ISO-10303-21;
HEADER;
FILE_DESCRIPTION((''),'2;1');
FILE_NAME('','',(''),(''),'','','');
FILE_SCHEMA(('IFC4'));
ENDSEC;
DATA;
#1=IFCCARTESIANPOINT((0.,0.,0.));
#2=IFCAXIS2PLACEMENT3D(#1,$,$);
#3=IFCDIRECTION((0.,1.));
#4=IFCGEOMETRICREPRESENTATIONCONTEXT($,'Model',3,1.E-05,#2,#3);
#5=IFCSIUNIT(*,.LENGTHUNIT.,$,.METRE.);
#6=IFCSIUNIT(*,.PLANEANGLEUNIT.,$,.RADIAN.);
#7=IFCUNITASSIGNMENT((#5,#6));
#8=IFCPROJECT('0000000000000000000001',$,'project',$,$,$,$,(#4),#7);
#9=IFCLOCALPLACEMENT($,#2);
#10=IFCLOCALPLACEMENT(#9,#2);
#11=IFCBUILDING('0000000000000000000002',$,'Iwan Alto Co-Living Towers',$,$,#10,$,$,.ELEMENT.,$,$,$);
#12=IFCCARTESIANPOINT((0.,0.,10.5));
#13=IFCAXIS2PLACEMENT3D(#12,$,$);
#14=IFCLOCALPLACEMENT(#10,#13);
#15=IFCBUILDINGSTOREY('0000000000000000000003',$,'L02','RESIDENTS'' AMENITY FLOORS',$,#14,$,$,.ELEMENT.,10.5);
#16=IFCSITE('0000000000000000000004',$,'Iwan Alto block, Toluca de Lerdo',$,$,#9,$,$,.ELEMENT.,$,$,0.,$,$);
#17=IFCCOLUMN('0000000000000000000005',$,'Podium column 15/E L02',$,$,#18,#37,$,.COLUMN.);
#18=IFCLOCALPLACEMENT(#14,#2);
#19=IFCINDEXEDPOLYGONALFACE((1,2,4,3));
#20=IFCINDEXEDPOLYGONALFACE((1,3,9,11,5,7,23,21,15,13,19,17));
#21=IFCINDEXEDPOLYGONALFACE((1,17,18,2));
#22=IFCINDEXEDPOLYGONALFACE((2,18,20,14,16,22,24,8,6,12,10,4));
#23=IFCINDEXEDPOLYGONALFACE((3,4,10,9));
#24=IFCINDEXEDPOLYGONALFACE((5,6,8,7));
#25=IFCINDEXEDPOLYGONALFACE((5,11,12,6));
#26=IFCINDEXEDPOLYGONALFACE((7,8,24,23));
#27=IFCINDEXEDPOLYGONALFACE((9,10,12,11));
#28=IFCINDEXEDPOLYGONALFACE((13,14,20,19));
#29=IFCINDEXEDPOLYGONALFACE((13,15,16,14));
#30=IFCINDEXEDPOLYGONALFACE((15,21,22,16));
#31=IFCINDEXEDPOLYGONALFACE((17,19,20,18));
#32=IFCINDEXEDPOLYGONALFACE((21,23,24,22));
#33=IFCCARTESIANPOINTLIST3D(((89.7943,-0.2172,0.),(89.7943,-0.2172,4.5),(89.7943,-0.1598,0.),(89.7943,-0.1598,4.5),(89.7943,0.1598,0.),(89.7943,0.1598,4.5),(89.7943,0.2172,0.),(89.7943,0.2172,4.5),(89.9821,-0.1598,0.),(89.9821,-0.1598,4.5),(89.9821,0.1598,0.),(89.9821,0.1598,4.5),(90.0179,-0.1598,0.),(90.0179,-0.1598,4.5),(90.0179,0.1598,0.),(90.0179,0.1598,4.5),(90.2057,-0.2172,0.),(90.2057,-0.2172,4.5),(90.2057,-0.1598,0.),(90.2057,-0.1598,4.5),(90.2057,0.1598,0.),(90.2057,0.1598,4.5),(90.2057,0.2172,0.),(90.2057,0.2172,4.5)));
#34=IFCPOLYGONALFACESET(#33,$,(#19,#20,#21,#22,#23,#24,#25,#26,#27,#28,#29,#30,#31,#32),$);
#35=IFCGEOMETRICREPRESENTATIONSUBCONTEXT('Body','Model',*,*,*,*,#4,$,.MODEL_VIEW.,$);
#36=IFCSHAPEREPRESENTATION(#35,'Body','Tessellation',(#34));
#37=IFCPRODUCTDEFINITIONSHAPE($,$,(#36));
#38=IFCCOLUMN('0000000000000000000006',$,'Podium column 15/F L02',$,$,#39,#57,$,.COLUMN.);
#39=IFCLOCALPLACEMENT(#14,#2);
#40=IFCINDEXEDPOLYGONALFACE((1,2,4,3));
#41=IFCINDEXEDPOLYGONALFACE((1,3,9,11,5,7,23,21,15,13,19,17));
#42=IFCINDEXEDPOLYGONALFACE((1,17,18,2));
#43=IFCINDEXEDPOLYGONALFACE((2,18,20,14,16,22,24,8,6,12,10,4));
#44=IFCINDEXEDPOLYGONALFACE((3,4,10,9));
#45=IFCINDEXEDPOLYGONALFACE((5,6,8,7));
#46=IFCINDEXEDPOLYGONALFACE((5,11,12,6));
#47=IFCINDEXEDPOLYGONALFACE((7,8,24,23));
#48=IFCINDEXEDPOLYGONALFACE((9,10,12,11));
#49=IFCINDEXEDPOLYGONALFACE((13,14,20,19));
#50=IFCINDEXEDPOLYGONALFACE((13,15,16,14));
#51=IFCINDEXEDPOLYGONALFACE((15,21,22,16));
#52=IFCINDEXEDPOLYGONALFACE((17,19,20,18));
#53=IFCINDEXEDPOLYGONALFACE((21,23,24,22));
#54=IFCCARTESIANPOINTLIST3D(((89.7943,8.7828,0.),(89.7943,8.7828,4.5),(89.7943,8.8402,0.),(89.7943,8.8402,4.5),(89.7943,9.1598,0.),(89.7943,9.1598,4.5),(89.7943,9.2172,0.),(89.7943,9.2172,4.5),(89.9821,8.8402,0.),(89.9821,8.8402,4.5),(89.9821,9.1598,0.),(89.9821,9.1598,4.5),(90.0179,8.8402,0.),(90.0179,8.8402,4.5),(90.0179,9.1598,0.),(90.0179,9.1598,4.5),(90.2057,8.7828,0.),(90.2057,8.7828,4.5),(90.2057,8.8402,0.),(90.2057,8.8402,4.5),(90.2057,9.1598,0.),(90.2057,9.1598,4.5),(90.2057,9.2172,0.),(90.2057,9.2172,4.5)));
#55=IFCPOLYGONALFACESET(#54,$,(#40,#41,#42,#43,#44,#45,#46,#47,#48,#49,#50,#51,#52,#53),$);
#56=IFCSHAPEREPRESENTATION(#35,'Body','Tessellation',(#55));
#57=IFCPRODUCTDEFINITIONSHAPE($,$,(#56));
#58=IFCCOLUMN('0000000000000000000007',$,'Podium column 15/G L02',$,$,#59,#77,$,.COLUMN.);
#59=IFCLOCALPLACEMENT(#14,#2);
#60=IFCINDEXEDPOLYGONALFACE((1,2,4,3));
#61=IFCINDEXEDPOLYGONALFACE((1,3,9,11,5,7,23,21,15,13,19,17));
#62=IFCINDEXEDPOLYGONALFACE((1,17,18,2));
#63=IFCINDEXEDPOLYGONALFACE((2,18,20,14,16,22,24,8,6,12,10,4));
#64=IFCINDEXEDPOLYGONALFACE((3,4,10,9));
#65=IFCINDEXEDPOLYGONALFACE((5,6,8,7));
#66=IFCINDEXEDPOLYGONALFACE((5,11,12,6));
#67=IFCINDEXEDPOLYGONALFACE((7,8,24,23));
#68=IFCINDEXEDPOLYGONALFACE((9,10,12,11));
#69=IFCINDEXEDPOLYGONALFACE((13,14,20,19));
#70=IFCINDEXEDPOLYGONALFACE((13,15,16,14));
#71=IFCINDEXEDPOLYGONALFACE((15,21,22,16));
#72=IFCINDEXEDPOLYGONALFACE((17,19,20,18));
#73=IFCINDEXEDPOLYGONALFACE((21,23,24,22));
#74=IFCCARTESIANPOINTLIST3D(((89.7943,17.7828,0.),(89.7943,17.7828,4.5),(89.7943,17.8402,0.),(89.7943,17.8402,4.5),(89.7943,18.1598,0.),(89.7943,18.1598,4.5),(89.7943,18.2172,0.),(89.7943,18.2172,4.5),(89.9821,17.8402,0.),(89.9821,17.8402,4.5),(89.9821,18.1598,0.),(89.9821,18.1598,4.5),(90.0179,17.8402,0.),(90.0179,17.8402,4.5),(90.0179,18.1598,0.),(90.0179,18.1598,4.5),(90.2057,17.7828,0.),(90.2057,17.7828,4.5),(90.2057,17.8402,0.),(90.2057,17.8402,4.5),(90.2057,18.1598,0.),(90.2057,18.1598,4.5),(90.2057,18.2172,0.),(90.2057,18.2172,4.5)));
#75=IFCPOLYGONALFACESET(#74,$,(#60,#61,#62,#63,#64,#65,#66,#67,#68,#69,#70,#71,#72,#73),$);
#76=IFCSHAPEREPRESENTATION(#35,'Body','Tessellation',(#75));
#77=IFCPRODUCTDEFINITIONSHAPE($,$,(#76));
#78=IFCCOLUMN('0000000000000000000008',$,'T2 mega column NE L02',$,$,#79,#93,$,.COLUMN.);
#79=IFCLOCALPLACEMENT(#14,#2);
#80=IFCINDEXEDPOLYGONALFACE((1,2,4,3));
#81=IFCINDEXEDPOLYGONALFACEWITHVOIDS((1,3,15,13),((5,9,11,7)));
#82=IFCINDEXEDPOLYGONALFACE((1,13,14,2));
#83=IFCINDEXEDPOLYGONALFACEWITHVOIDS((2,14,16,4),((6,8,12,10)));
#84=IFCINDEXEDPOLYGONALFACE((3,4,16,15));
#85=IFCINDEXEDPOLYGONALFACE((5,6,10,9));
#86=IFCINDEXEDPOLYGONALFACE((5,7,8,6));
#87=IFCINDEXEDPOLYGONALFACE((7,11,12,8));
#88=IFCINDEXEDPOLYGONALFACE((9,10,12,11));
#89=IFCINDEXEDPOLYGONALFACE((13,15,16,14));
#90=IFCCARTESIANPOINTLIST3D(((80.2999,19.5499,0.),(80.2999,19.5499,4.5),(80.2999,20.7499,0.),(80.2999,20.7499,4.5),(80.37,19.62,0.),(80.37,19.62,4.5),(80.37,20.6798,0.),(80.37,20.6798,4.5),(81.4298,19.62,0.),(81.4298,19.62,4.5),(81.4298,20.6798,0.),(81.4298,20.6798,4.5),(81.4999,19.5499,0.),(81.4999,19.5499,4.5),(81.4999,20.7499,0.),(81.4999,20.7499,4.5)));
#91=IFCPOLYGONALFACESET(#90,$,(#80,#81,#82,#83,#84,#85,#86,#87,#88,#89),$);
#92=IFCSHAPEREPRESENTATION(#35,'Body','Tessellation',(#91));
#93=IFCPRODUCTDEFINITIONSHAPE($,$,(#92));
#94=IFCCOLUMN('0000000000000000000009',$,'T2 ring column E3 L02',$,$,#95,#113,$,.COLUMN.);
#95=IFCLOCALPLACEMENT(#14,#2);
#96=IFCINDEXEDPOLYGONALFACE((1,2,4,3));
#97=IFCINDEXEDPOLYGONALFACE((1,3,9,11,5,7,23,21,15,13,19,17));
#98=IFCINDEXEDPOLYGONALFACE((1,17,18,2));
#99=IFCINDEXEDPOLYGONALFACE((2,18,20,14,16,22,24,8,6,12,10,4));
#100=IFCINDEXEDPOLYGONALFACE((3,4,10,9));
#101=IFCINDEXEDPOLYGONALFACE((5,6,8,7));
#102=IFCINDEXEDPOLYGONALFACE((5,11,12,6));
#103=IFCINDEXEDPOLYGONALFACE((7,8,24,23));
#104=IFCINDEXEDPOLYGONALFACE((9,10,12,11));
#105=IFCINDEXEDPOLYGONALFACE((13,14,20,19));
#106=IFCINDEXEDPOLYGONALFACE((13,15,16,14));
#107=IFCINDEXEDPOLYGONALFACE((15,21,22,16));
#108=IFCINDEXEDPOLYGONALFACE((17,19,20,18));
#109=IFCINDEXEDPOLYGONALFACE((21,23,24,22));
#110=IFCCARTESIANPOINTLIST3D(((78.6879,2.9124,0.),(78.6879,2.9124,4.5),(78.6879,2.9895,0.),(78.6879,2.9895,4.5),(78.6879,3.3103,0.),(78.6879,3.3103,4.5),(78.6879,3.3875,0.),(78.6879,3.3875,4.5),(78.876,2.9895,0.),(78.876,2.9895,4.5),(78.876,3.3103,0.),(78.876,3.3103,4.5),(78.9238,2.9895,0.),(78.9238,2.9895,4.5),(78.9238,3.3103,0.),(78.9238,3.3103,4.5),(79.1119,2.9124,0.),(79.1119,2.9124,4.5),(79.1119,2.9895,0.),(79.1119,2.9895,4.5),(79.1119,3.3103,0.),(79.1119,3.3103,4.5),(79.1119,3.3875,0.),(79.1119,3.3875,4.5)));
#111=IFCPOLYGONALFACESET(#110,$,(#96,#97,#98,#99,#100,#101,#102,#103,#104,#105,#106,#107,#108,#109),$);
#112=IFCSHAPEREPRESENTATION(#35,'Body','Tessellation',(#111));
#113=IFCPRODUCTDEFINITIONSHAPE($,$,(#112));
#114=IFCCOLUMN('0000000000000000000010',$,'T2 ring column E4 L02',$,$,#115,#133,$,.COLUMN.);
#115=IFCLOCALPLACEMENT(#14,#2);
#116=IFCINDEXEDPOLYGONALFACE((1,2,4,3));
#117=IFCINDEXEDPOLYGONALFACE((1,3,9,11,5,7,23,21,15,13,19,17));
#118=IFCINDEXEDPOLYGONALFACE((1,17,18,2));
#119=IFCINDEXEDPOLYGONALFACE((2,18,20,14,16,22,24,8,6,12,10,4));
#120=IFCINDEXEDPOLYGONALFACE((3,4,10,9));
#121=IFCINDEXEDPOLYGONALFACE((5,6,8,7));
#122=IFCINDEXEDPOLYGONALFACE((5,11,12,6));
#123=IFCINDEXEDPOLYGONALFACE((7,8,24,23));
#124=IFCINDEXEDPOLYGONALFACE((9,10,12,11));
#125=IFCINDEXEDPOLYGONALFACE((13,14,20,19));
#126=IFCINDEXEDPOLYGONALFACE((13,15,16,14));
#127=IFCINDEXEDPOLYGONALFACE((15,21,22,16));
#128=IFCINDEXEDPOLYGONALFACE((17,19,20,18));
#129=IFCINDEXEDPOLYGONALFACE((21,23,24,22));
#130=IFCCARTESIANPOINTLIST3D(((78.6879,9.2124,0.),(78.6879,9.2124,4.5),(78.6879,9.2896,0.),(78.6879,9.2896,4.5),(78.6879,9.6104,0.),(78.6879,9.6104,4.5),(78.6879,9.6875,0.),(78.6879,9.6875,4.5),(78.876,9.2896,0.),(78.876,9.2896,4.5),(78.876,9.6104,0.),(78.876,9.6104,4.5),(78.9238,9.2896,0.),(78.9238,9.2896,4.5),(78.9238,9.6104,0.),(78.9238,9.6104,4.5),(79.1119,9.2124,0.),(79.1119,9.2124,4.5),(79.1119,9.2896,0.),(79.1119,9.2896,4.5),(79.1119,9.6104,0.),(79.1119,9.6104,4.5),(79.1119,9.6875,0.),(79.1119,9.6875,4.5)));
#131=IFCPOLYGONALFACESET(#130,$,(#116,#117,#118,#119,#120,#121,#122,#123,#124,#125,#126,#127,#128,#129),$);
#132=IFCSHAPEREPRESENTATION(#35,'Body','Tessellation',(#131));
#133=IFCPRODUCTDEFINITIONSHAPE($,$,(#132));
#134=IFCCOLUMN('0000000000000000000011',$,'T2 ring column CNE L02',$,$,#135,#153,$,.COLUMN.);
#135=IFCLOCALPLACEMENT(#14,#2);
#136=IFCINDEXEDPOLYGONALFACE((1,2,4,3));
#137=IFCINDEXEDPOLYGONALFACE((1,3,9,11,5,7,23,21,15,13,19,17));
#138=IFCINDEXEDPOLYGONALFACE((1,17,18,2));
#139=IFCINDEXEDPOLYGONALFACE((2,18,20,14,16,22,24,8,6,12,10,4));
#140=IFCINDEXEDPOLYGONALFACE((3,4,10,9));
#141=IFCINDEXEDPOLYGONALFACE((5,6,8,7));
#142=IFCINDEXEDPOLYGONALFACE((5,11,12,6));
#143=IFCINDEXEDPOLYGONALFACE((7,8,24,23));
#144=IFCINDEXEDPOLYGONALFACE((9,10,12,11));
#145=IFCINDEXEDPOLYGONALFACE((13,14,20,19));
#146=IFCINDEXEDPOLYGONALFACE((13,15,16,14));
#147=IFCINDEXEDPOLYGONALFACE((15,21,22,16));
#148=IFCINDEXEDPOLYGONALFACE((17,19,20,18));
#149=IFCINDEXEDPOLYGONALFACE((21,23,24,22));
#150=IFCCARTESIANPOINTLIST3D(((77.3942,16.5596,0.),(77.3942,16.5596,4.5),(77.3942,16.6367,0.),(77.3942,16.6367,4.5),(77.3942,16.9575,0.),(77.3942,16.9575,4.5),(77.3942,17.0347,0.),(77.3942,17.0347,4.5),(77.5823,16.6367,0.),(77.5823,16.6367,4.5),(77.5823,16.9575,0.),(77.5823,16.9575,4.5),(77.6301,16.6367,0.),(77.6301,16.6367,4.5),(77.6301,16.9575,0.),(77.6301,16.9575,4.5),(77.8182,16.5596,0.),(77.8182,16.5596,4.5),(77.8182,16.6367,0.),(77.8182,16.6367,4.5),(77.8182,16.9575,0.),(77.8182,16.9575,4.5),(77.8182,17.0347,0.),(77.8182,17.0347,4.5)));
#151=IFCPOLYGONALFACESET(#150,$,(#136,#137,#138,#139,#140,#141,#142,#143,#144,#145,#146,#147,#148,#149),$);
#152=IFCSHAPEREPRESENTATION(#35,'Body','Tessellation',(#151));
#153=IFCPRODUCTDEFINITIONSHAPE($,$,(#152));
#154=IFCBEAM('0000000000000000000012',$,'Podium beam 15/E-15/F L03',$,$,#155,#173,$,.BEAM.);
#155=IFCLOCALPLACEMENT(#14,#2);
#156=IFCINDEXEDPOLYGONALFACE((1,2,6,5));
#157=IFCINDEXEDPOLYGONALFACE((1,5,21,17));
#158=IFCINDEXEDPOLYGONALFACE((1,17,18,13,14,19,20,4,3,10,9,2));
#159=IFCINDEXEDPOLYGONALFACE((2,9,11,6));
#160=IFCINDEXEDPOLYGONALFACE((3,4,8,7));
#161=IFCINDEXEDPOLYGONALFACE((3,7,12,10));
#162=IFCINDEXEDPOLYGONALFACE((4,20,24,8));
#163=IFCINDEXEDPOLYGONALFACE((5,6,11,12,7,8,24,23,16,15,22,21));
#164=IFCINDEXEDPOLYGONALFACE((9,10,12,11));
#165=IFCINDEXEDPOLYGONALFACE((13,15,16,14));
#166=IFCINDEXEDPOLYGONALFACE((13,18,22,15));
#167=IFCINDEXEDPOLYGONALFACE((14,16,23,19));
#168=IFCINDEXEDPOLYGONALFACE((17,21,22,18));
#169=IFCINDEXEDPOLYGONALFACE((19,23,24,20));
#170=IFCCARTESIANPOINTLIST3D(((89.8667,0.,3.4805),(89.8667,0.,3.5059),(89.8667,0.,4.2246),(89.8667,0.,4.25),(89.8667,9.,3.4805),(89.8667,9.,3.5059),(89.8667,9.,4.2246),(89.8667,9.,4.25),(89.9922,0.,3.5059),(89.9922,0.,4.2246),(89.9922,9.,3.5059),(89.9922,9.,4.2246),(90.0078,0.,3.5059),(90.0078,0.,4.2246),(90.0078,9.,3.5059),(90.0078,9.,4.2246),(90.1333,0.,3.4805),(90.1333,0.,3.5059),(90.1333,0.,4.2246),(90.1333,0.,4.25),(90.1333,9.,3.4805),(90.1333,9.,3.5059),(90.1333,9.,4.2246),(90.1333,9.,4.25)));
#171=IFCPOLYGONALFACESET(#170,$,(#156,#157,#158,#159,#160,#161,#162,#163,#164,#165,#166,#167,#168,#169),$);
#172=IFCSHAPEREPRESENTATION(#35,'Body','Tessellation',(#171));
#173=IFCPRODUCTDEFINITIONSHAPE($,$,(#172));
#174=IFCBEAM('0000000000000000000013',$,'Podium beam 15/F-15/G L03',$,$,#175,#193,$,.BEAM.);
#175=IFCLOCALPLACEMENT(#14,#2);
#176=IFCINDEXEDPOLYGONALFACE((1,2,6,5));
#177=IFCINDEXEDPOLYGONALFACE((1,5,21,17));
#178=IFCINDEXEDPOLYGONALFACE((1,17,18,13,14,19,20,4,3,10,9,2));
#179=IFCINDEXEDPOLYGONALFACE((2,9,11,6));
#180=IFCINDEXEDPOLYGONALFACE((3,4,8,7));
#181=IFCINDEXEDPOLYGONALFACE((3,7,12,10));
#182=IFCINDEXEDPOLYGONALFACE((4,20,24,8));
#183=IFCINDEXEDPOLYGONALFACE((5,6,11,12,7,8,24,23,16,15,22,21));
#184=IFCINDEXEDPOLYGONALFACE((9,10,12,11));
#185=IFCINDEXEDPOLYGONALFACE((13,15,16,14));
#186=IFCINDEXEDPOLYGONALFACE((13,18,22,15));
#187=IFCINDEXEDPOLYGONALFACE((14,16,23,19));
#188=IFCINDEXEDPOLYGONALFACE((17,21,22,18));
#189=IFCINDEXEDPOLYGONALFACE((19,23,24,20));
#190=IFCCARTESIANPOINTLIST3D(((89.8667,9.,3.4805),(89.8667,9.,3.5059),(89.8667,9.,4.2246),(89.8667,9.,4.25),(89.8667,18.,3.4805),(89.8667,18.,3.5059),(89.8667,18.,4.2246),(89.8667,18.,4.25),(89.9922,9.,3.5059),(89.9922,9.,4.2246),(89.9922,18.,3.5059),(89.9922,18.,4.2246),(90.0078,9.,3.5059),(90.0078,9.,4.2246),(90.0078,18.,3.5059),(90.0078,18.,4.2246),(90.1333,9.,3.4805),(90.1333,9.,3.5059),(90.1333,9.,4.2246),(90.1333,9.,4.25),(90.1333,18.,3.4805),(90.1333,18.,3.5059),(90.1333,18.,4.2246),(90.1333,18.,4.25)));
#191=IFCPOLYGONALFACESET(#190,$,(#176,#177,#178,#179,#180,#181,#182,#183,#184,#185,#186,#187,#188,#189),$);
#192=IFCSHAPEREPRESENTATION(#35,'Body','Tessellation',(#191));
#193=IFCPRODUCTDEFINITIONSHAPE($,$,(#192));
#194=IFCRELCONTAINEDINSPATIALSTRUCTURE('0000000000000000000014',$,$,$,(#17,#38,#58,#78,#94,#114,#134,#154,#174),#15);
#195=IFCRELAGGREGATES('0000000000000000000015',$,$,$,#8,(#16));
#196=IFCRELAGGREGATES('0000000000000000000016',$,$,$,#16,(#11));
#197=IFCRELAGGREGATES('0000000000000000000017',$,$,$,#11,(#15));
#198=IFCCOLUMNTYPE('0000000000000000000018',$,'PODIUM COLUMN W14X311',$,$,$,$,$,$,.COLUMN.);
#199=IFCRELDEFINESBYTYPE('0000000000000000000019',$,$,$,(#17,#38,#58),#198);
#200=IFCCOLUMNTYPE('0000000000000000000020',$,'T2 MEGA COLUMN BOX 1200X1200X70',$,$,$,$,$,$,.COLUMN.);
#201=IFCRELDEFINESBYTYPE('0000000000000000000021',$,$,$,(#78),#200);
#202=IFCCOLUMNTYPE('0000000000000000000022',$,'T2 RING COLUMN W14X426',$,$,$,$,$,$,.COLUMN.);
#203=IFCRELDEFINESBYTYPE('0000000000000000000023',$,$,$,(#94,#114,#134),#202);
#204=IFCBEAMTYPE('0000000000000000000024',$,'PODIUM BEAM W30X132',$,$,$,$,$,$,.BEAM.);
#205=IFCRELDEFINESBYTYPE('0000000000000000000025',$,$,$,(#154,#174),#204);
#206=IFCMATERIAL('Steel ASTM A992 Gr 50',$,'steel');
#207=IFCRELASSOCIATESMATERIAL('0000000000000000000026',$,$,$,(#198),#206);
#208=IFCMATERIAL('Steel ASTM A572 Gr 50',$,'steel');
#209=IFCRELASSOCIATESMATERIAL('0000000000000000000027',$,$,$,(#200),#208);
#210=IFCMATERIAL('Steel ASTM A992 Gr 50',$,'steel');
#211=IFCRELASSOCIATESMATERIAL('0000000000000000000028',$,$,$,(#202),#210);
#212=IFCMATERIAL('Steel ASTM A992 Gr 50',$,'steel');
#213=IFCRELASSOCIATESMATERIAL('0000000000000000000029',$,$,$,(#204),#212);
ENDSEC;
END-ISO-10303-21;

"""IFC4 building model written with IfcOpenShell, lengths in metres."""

from ifc_helpers import new_model, si_unit, direction, frame, origin, origin_2d, place, context, subcontext, project, spatial, hollow_rectangle, i_section, extrude, material, material_profile, profile_set, type_object, element, save


model = new_model("IFC4")

# Units and contexts
model_context = context("Model", 3, precision=1e-05, world=origin(), true_north=direction((0.0, 1.0)))
body_context = subcontext(model_context, "Body", "Model", "MODEL_VIEW")
ifc_project = project(units=[si_unit("LENGTHUNIT", "METRE"), si_unit("PLANEANGLEUNIT", "RADIAN")], contexts=[model_context])

# Site, building, storey
site_placement = place(None, origin())
site = spatial("IfcSite", under=ifc_project, at=site_placement, Name="Iwan Alto block, Toluca de Lerdo", CompositionType="ELEMENT", RefElevation=0.0)
building_placement = place(site_placement, origin())
building = spatial("IfcBuilding", under=site, at=building_placement, Name="Iwan Alto Co-Living Towers", CompositionType="ELEMENT")
storey_placement = place(building_placement, frame((0.0, 0.0, 10.5)))
storey = spatial("IfcBuildingStorey", under=building, at=storey_placement, Name="L02", Description="RESIDENTS' AMENITY FLOORS", CompositionType="ELEMENT", Elevation=10.5)

# Columns
ifc_material_1 = material(Name="Steel ASTM A992 Gr 50", Category="steel")
ifc_material_profile_1 = material_profile(ifc_material_1, i_section(OverallWidth=0.4114, OverallDepth=0.4343, WebThickness=0.0359, FlangeThickness=0.0574, at=origin_2d()), Name="W14X311")
ifc_profile_set_1 = profile_set([ifc_material_profile_1], Name="Steel ASTM A992 Gr 50")
column_type_1 = type_object("IfcColumnType", Name="PODIUM COLUMN W14X311", PredefinedType="COLUMN", material=ifc_profile_set_1)
for number, where, z_axis, x_axis, name in (
    (1, (90.0, 0.0, 0.0), (0.0, 0.0, 1.0), (1.0, 0.0, 0.0), "Podium column 15/E L02"),
    (2, (90.0, 9.0, 0.0), (0.0, 0.0, 1.0), (1.0, 0.0, 0.0), "Podium column 15/F L02"),
    (3, (90.0, 18.0, 0.0), (0.0, 0.0, 1.0), (1.0, 0.0, 0.0), "Podium column 15/G L02"),
):
    element("IfcColumn", number, at=place(storey_placement, frame(where, z_axis=z_axis, x_axis=x_axis)), inside=storey, type_object=column_type_1, Name=name, PredefinedType="COLUMN", context=body_context, shape_type="SweptSolid", body=[
        extrude(i_section(OverallWidth=0.4114, OverallDepth=0.4343, WebThickness=0.0359, FlangeThickness=0.0574, at=origin_2d()), origin(), (0.0, 0.0, 1.0), 4.5),
    ])
ifc_material_2 = material(Name="Steel ASTM A572 Gr 50", Category="steel")
ifc_material_profile_2 = material_profile(ifc_material_2, hollow_rectangle(XDim=1.2, YDim=1.2, WallThickness=0.0701, at=origin_2d()), Name="BOX 1200X1200X70")
ifc_profile_set_2 = profile_set([ifc_material_profile_2], Name="Steel ASTM A572 Gr 50")
column_type_2 = type_object("IfcColumnType", Name="T2 MEGA COLUMN BOX 1200X1200X70", PredefinedType="COLUMN", material=ifc_profile_set_2)
column_placement = place(storey_placement, frame((80.8999, 20.1499, 0.0), z_axis=(0.0, 0.0, 1.0), x_axis=(1.0, 0.0, 0.0)))
element("IfcColumn", 4, at=column_placement, inside=storey, type_object=column_type_2, Name="T2 mega column NE L02", PredefinedType="COLUMN", context=body_context, shape_type="SweptSolid", body=[
    extrude(hollow_rectangle(XDim=1.2, YDim=1.2, WallThickness=0.0701, at=origin_2d()), origin(), (0.0, 0.0, 1.0), 4.5),
])
ifc_material_3 = material(Name="Steel ASTM A992 Gr 50", Category="steel")
ifc_material_profile_3 = material_profile(ifc_material_3, i_section(OverallWidth=0.4241, OverallDepth=0.4751, WebThickness=0.0479, FlangeThickness=0.0771, at=origin_2d()), Name="W14X426")
ifc_profile_set_3 = profile_set([ifc_material_profile_3], Name="Steel ASTM A992 Gr 50")
column_type_3 = type_object("IfcColumnType", Name="T2 RING COLUMN W14X426", PredefinedType="COLUMN", material=ifc_profile_set_3)
for number, where, z_axis, x_axis, name in (
    (5, (78.8999, 3.1499, 0.0), (0.0, 0.0, 1.0), (1.0, 0.0, 0.0), "T2 ring column E3 L02"),
    (6, (78.8999, 9.45, 0.0), (0.0, 0.0, 1.0), (1.0, 0.0, 0.0), "T2 ring column E4 L02"),
    (7, (77.6062, 16.7971, 0.0), (0.0, 0.0, 1.0), (1.0, 0.0, 0.0), "T2 ring column CNE L02"),
):
    element("IfcColumn", number, at=place(storey_placement, frame(where, z_axis=z_axis, x_axis=x_axis)), inside=storey, type_object=column_type_3, Name=name, PredefinedType="COLUMN", context=body_context, shape_type="SweptSolid", body=[
        extrude(i_section(OverallWidth=0.4241, OverallDepth=0.4751, WebThickness=0.0479, FlangeThickness=0.0771, at=origin_2d()), origin(), (0.0, 0.0, 1.0), 4.5),
    ])

# Beams
ifc_material_4 = material(Name="Steel ASTM A992 Gr 50", Category="steel")
ifc_material_profile_4 = material_profile(ifc_material_4, i_section(OverallWidth=0.2666, OverallDepth=0.7695, WebThickness=0.0156, FlangeThickness=0.0254, at=origin_2d()), Name="W30X132")
ifc_profile_set_4 = profile_set([ifc_material_profile_4], Name="Steel ASTM A992 Gr 50")
beam_type_1 = type_object("IfcBeamType", Name="PODIUM BEAM W30X132", PredefinedType="BEAM", material=ifc_profile_set_4)
for number, where, z_axis, x_axis, name in (
    (8, (90.0, 0.0, 3.8652), (0.0, 1.0, 0.0), (-1.0, 0.0, 0.0), "Podium beam 15/E-15/F L03"),
    (9, (90.0, 9.0, 3.8652), (0.0, 1.0, 0.0), (-1.0, 0.0, 0.0), "Podium beam 15/F-15/G L03"),
):
    element("IfcBeam", number, at=place(storey_placement, frame(where, z_axis=z_axis, x_axis=x_axis)), inside=storey, type_object=beam_type_1, Name=name, PredefinedType="BEAM", context=body_context, shape_type="SweptSolid", body=[
        extrude(i_section(OverallWidth=0.2666, OverallDepth=0.7695, WebThickness=0.0156, FlangeThickness=0.0254, at=origin_2d()), origin(), (0.0, 0.0, 1.0), 9.0),
    ])

save(model, "model.ifc")
